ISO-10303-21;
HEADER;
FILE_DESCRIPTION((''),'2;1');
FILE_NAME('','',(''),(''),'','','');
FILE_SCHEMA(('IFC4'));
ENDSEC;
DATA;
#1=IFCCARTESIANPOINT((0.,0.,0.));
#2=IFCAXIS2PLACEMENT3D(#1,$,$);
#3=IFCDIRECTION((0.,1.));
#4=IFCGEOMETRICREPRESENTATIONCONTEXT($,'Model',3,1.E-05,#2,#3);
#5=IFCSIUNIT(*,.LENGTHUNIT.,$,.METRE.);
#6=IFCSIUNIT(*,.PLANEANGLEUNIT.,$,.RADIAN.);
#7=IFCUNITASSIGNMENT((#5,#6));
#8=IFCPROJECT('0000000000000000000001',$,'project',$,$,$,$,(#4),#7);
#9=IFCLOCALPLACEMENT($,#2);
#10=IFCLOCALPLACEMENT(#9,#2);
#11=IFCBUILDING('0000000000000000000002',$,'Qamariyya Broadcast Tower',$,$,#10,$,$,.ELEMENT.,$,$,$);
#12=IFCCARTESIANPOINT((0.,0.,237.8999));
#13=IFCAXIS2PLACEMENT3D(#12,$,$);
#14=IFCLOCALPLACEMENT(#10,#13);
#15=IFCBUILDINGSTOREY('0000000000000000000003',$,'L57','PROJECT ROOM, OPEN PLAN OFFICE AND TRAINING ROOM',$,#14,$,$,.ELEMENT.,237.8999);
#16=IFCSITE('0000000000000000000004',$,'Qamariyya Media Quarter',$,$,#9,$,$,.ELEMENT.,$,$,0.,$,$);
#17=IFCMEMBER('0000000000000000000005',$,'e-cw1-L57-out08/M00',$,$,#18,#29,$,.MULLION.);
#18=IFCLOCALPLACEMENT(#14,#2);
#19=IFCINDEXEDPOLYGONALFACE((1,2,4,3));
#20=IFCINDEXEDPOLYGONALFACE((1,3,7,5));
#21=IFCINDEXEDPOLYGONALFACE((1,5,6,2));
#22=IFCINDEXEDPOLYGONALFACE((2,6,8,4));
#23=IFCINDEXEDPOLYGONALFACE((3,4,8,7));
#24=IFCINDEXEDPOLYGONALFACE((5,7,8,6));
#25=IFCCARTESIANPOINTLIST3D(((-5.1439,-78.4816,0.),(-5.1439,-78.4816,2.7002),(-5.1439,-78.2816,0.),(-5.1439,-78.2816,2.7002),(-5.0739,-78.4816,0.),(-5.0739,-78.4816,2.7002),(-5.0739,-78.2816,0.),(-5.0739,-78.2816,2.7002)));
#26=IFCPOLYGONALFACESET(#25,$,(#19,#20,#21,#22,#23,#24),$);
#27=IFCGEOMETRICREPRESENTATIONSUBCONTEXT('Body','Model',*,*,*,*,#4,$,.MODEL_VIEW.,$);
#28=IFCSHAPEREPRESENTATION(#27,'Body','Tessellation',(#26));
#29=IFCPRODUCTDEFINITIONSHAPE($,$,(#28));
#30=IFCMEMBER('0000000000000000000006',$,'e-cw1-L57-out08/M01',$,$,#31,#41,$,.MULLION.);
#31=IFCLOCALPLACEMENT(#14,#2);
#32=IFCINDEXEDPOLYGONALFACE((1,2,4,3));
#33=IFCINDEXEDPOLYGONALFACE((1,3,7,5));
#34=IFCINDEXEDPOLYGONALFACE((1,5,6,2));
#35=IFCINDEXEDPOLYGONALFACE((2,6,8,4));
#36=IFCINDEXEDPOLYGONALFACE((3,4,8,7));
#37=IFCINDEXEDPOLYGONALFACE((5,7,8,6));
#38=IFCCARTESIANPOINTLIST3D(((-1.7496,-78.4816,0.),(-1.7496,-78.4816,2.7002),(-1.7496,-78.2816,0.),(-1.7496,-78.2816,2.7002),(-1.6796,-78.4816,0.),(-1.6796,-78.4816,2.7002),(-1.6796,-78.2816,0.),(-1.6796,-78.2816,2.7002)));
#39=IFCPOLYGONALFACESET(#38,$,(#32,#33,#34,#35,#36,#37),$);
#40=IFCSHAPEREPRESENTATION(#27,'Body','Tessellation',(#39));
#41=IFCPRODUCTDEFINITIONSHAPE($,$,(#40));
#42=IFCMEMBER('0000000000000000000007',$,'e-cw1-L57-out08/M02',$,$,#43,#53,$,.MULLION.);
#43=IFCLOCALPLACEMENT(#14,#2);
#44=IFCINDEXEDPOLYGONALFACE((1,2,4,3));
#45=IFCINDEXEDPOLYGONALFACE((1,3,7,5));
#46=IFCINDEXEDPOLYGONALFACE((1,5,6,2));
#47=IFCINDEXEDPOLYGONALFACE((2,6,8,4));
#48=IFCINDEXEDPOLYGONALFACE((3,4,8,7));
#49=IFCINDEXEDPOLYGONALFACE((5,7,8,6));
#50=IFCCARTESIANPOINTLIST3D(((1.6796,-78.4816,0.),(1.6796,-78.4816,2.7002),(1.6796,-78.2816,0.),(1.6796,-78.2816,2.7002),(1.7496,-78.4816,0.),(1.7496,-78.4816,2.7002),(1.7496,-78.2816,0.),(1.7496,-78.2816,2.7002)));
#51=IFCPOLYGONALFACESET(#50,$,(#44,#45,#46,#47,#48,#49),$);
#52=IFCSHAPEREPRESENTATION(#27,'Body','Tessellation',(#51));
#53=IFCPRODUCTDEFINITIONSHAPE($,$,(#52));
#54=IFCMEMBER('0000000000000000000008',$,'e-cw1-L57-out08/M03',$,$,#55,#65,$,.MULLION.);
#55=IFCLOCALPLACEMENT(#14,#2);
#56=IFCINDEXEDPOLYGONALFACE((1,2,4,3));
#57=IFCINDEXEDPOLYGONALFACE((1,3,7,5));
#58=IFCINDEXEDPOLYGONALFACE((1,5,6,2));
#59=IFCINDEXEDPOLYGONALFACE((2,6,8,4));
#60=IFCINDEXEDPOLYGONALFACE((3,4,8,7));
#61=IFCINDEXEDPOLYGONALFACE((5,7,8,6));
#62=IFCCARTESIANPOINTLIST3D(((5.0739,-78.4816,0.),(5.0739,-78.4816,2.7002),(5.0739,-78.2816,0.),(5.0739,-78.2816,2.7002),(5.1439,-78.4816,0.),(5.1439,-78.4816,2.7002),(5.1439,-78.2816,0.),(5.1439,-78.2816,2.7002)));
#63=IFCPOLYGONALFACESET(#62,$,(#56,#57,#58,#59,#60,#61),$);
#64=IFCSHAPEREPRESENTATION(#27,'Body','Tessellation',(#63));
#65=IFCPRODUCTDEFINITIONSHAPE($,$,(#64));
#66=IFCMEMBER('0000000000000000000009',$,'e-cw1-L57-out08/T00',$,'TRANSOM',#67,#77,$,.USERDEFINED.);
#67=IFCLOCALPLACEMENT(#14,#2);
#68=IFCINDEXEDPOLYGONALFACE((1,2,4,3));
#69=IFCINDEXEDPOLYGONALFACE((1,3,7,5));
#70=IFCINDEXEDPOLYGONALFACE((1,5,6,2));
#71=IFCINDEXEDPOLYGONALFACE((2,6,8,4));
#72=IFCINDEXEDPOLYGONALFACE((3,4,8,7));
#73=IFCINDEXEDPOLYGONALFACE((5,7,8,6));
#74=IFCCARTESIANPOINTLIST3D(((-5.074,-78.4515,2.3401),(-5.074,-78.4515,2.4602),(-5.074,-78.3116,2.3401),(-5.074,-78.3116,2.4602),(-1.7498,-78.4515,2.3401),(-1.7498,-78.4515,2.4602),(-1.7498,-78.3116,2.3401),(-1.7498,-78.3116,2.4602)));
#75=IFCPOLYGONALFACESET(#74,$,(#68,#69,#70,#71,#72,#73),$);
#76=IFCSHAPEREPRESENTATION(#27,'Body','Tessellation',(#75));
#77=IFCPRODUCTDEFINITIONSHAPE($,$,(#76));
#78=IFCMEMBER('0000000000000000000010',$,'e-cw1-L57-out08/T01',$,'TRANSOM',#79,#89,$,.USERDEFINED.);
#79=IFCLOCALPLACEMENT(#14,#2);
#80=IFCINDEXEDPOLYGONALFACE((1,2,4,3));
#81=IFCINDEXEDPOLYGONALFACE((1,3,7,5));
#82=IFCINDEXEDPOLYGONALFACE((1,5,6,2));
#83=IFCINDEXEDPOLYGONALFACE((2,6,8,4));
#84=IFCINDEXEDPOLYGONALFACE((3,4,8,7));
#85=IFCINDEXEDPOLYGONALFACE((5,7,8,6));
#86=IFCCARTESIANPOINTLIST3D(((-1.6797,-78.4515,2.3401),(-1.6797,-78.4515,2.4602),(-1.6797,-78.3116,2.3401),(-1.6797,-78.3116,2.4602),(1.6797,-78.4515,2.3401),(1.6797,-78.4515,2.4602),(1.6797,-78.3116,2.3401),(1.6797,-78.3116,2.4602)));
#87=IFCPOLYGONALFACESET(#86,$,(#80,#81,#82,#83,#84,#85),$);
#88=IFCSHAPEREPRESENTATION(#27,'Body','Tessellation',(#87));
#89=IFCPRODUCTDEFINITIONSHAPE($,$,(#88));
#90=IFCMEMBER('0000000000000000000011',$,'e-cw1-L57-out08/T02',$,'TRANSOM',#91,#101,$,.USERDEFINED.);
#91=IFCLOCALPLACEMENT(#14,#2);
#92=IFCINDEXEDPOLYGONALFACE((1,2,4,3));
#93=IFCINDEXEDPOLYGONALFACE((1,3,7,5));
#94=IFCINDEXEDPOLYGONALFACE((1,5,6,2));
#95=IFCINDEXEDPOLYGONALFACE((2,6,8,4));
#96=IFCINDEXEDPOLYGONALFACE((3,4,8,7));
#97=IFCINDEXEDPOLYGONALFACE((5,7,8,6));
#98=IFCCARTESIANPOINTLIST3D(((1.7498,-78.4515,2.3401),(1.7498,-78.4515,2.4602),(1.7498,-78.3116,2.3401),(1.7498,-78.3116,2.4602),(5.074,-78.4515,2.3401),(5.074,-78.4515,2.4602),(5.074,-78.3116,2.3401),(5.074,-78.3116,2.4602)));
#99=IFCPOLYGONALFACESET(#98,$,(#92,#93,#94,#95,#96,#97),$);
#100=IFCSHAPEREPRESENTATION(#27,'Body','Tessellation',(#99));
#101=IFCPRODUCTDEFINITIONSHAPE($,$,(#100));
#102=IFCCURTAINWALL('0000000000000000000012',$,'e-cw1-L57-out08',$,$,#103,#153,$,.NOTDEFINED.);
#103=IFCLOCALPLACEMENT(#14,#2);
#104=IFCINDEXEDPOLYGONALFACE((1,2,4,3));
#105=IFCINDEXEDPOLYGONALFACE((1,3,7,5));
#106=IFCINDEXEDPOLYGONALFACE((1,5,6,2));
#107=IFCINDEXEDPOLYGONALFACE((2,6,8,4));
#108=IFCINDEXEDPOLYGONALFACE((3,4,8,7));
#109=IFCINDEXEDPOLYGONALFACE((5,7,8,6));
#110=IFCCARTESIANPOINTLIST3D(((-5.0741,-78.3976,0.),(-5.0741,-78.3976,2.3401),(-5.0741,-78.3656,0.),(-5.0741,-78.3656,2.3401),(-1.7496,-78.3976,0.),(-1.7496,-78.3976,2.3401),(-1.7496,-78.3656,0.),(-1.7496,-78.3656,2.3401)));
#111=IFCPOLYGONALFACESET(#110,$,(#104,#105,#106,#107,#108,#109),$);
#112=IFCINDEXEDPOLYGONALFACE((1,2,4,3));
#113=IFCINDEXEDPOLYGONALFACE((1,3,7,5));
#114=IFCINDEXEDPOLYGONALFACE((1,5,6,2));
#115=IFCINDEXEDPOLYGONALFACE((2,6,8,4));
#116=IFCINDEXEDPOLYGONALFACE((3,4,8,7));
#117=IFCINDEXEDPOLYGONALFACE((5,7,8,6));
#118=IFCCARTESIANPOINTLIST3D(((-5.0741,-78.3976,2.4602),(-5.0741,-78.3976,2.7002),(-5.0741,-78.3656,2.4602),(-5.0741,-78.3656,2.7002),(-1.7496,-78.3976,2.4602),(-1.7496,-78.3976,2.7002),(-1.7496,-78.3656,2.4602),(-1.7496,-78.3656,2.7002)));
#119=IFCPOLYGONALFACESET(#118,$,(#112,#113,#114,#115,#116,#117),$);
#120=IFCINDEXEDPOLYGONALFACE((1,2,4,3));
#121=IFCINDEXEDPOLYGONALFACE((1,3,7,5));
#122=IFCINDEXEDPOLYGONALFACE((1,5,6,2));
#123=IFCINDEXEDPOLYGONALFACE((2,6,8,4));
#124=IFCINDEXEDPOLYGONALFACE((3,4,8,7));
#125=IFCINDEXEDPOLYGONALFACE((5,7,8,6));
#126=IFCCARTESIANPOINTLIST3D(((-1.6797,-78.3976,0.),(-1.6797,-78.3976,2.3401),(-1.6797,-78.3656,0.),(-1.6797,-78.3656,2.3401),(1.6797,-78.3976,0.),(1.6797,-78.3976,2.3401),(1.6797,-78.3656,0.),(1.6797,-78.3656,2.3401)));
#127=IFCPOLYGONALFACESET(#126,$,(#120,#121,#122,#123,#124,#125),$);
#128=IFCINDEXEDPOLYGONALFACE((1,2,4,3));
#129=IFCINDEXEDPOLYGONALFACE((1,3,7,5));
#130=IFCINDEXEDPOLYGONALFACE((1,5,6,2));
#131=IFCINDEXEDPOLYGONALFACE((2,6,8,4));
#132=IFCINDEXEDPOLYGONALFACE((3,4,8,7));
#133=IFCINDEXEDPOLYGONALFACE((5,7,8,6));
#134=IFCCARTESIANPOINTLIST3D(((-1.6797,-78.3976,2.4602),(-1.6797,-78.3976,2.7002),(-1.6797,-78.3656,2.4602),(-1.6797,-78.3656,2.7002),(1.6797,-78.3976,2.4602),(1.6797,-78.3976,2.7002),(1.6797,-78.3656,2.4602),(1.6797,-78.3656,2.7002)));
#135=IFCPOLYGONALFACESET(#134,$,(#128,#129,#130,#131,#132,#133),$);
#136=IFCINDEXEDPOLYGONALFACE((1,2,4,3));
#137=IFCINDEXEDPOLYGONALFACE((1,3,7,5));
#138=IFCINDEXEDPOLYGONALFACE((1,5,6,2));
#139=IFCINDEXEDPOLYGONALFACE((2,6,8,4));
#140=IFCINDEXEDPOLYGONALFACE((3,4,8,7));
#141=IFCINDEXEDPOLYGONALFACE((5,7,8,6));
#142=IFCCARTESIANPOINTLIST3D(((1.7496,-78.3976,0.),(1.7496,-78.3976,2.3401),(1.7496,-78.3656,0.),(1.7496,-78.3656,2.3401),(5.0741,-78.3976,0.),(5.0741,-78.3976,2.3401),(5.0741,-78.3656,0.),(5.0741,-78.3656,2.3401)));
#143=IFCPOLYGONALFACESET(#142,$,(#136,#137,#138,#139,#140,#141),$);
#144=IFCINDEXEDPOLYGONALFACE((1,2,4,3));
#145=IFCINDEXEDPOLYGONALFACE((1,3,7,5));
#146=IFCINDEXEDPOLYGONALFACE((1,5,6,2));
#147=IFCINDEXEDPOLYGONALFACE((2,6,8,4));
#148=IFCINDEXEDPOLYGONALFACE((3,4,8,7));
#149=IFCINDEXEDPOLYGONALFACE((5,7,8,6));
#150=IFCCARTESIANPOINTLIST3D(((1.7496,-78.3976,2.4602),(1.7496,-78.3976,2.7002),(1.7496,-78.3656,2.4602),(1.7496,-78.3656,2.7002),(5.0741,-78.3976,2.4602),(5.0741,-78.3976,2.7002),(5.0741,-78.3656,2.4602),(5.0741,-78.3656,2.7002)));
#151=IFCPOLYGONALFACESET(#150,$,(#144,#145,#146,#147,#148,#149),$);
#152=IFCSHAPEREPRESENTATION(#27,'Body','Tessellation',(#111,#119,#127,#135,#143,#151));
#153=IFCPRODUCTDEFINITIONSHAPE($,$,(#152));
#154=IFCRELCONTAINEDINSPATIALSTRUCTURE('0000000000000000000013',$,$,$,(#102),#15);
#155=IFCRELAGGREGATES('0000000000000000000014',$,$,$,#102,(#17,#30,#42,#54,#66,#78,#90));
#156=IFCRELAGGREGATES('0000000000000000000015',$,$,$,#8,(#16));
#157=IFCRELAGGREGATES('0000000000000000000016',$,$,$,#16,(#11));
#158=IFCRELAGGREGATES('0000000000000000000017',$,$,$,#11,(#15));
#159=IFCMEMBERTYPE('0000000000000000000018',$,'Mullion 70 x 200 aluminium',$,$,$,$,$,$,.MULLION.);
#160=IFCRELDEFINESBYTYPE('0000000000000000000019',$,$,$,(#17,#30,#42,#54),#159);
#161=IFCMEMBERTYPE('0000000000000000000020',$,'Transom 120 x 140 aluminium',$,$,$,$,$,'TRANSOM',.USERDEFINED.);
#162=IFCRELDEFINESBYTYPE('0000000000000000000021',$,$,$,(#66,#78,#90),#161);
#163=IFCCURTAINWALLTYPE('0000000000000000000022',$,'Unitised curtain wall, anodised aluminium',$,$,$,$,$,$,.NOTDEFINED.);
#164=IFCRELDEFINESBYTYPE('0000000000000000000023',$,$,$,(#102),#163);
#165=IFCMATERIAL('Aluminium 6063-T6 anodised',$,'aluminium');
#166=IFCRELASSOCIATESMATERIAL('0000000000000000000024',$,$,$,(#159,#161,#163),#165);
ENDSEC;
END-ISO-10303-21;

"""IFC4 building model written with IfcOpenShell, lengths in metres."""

from ifc_helpers import new_model, si_unit, direction, frame, origin, origin_2d, place, context, subcontext, project, spatial, rectangle, extrude, material, material_profile, profile_set, type_object, element, aggregate, save


model = new_model("IFC4")

# Units and contexts
model_context = context("Model", 3, precision=1e-05, world=origin(), true_north=direction((0.0, 1.0)))
body_context = subcontext(model_context, "Body", "Model", "MODEL_VIEW")
ifc_project = project(units=[si_unit("LENGTHUNIT", "METRE"), si_unit("PLANEANGLEUNIT", "RADIAN")], contexts=[model_context])

# Members
ifc_material = material(Name="Aluminium 6063-T6 anodised", Category="aluminium")
ifc_material_profile_1 = material_profile(ifc_material, rectangle(XDim=0.2, YDim=0.0701, at=origin_2d()))
ifc_profile_set_1 = profile_set([ifc_material_profile_1], Name="Aluminium 6063-T6 anodised")
member_type_1 = type_object("IfcMemberType", Name="Mullion 70 x 200 aluminium", PredefinedType="MULLION", material=ifc_profile_set_1)
site_placement = place(None, origin())
building_placement = place(site_placement, origin())
storey_placement = place(building_placement, frame((0.0, 0.0, 237.8999)))
member_1_placement = place(storey_placement, frame((-5.1089, -78.3816, 0.0), z_axis=(0.0, 0.0, 1.0), x_axis=(0.0, 1.0, 0.0)))
member_1 = element("IfcMember", 1, at=member_1_placement, type_object=member_type_1, Name="e-cw1-L57-out08/M00", PredefinedType="MULLION", context=body_context, shape_type="SweptSolid", body=[
    extrude(rectangle(XDim=0.2, YDim=0.0701, at=origin_2d()), origin(), (0.0, 0.0, 1.0), 2.7002),
])
member_2_placement = place(storey_placement, frame((-1.7146, -78.3816, 0.0), z_axis=(0.0, 0.0, 1.0), x_axis=(0.0, 1.0, 0.0)))
member_2 = element("IfcMember", 2, at=member_2_placement, type_object=member_type_1, Name="e-cw1-L57-out08/M01", PredefinedType="MULLION", context=body_context, shape_type="SweptSolid", body=[
    extrude(rectangle(XDim=0.2, YDim=0.0701, at=origin_2d()), origin(), (0.0, 0.0, 1.0), 2.7002),
])
member_3_placement = place(storey_placement, frame((1.7146, -78.3816, 0.0), z_axis=(0.0, 0.0, 1.0), x_axis=(0.0, 1.0, 0.0)))
member_3 = element("IfcMember", 3, at=member_3_placement, type_object=member_type_1, Name="e-cw1-L57-out08/M02", PredefinedType="MULLION", context=body_context, shape_type="SweptSolid", body=[
    extrude(rectangle(XDim=0.2, YDim=0.0701, at=origin_2d()), origin(), (0.0, 0.0, 1.0), 2.7002),
])
member_4_placement = place(storey_placement, frame((5.1089, -78.3816, 0.0), z_axis=(0.0, 0.0, 1.0), x_axis=(0.0, 1.0, 0.0)))
member_4 = element("IfcMember", 4, at=member_4_placement, type_object=member_type_1, Name="e-cw1-L57-out08/M03", PredefinedType="MULLION", context=body_context, shape_type="SweptSolid", body=[
    extrude(rectangle(XDim=0.2, YDim=0.0701, at=origin_2d()), origin(), (0.0, 0.0, 1.0), 2.7002),
])
ifc_material_profile_2 = material_profile(ifc_material, rectangle(XDim=0.1399, YDim=0.1201, at=origin_2d()))
ifc_profile_set_2 = profile_set([ifc_material_profile_2], Name="Aluminium 6063-T6 anodised")
member_type_2 = type_object("IfcMemberType", Name="Transom 120 x 140 aluminium", ElementType="TRANSOM", PredefinedType="USERDEFINED", material=ifc_profile_set_2)
member_5_placement = place(storey_placement, frame((-5.074, -78.3816, 2.4001), z_axis=(1.0, 0.0, 0.0), x_axis=(0.0, 1.0, 0.0)))
member_5 = element("IfcMember", 5, at=member_5_placement, type_object=member_type_2, Name="e-cw1-L57-out08/T00", ObjectType="TRANSOM", PredefinedType="USERDEFINED", context=body_context, shape_type="SweptSolid", body=[
    extrude(rectangle(XDim=0.1399, YDim=0.1201, at=origin_2d()), origin(), (0.0, 0.0, 1.0), 3.3242),
])
member_6_placement = place(storey_placement, frame((-1.6797, -78.3816, 2.4001), z_axis=(1.0, 0.0, 0.0), x_axis=(0.0, 1.0, 0.0)))
member_6 = element("IfcMember", 6, at=member_6_placement, type_object=member_type_2, Name="e-cw1-L57-out08/T01", ObjectType="TRANSOM", PredefinedType="USERDEFINED", context=body_context, shape_type="SweptSolid", body=[
    extrude(rectangle(XDim=0.1399, YDim=0.1201, at=origin_2d()), origin(), (0.0, 0.0, 1.0), 3.3594),
])
member_7_placement = place(storey_placement, frame((1.7498, -78.3816, 2.4001), z_axis=(1.0, 0.0, 0.0), x_axis=(0.0, 1.0, 0.0)))
member_7 = element("IfcMember", 7, at=member_7_placement, type_object=member_type_2, Name="e-cw1-L57-out08/T02", ObjectType="TRANSOM", PredefinedType="USERDEFINED", context=body_context, shape_type="SweptSolid", body=[
    extrude(rectangle(XDim=0.1399, YDim=0.1201, at=origin_2d()), origin(), (0.0, 0.0, 1.0), 3.3242),
])

# Site, building, storey
site = spatial("IfcSite", under=ifc_project, at=site_placement, Name="Qamariyya Media Quarter", CompositionType="ELEMENT", RefElevation=0.0)
building = spatial("IfcBuilding", under=site, at=building_placement, Name="Qamariyya Broadcast Tower", CompositionType="ELEMENT")
storey = spatial("IfcBuildingStorey", under=building, at=storey_placement, Name="L57", Description="PROJECT ROOM, OPEN PLAN OFFICE AND TRAINING ROOM", CompositionType="ELEMENT", Elevation=237.8999)

# Curtain wall
curtain_wall_type = type_object("IfcCurtainWallType", Name="Unitised curtain wall, anodised aluminium", PredefinedType="NOTDEFINED", material=ifc_material)
curtain_wall_1_placement = place(storey_placement, origin())
curtain_wall_1 = element("IfcCurtainWall", 8, at=curtain_wall_1_placement, inside=storey, type_object=curtain_wall_type, Name="e-cw1-L57-out08", PredefinedType="NOTDEFINED", context=body_context, shape_type="SweptSolid", body=[
    extrude(rectangle(XDim=3.3245, YDim=0.032, at=origin_2d()), frame((-3.4119, -78.3816, 0.0), x_axis=(1.0, 0.0, 0.0)), (0.0, 0.0, 1.0), 2.3401),
    extrude(rectangle(XDim=3.3245, YDim=0.032, at=origin_2d()), frame((-3.4119, -78.3816, 2.4602), x_axis=(1.0, 0.0, 0.0)), (0.0, 0.0, 1.0), 0.24),
    extrude(rectangle(XDim=3.3594, YDim=0.032, at=origin_2d()), frame((0.0, -78.3816, 0.0), x_axis=(1.0, 0.0, 0.0)), (0.0, 0.0, 1.0), 2.3401),
    extrude(rectangle(XDim=3.3594, YDim=0.032, at=origin_2d()), frame((0.0, -78.3816, 2.4602), x_axis=(1.0, 0.0, 0.0)), (0.0, 0.0, 1.0), 0.24),
    extrude(rectangle(XDim=3.3245, YDim=0.032, at=origin_2d()), frame((3.4119, -78.3816, 0.0), x_axis=(1.0, 0.0, 0.0)), (0.0, 0.0, 1.0), 2.3401),
    extrude(rectangle(XDim=3.3245, YDim=0.032, at=origin_2d()), frame((3.4119, -78.3816, 2.4602), x_axis=(1.0, 0.0, 0.0)), (0.0, 0.0, 1.0), 0.24),
])
aggregate(curtain_wall_1, [member_1, member_2, member_3, member_4, member_5, member_6, member_7])

save(model, "model.ifc")
